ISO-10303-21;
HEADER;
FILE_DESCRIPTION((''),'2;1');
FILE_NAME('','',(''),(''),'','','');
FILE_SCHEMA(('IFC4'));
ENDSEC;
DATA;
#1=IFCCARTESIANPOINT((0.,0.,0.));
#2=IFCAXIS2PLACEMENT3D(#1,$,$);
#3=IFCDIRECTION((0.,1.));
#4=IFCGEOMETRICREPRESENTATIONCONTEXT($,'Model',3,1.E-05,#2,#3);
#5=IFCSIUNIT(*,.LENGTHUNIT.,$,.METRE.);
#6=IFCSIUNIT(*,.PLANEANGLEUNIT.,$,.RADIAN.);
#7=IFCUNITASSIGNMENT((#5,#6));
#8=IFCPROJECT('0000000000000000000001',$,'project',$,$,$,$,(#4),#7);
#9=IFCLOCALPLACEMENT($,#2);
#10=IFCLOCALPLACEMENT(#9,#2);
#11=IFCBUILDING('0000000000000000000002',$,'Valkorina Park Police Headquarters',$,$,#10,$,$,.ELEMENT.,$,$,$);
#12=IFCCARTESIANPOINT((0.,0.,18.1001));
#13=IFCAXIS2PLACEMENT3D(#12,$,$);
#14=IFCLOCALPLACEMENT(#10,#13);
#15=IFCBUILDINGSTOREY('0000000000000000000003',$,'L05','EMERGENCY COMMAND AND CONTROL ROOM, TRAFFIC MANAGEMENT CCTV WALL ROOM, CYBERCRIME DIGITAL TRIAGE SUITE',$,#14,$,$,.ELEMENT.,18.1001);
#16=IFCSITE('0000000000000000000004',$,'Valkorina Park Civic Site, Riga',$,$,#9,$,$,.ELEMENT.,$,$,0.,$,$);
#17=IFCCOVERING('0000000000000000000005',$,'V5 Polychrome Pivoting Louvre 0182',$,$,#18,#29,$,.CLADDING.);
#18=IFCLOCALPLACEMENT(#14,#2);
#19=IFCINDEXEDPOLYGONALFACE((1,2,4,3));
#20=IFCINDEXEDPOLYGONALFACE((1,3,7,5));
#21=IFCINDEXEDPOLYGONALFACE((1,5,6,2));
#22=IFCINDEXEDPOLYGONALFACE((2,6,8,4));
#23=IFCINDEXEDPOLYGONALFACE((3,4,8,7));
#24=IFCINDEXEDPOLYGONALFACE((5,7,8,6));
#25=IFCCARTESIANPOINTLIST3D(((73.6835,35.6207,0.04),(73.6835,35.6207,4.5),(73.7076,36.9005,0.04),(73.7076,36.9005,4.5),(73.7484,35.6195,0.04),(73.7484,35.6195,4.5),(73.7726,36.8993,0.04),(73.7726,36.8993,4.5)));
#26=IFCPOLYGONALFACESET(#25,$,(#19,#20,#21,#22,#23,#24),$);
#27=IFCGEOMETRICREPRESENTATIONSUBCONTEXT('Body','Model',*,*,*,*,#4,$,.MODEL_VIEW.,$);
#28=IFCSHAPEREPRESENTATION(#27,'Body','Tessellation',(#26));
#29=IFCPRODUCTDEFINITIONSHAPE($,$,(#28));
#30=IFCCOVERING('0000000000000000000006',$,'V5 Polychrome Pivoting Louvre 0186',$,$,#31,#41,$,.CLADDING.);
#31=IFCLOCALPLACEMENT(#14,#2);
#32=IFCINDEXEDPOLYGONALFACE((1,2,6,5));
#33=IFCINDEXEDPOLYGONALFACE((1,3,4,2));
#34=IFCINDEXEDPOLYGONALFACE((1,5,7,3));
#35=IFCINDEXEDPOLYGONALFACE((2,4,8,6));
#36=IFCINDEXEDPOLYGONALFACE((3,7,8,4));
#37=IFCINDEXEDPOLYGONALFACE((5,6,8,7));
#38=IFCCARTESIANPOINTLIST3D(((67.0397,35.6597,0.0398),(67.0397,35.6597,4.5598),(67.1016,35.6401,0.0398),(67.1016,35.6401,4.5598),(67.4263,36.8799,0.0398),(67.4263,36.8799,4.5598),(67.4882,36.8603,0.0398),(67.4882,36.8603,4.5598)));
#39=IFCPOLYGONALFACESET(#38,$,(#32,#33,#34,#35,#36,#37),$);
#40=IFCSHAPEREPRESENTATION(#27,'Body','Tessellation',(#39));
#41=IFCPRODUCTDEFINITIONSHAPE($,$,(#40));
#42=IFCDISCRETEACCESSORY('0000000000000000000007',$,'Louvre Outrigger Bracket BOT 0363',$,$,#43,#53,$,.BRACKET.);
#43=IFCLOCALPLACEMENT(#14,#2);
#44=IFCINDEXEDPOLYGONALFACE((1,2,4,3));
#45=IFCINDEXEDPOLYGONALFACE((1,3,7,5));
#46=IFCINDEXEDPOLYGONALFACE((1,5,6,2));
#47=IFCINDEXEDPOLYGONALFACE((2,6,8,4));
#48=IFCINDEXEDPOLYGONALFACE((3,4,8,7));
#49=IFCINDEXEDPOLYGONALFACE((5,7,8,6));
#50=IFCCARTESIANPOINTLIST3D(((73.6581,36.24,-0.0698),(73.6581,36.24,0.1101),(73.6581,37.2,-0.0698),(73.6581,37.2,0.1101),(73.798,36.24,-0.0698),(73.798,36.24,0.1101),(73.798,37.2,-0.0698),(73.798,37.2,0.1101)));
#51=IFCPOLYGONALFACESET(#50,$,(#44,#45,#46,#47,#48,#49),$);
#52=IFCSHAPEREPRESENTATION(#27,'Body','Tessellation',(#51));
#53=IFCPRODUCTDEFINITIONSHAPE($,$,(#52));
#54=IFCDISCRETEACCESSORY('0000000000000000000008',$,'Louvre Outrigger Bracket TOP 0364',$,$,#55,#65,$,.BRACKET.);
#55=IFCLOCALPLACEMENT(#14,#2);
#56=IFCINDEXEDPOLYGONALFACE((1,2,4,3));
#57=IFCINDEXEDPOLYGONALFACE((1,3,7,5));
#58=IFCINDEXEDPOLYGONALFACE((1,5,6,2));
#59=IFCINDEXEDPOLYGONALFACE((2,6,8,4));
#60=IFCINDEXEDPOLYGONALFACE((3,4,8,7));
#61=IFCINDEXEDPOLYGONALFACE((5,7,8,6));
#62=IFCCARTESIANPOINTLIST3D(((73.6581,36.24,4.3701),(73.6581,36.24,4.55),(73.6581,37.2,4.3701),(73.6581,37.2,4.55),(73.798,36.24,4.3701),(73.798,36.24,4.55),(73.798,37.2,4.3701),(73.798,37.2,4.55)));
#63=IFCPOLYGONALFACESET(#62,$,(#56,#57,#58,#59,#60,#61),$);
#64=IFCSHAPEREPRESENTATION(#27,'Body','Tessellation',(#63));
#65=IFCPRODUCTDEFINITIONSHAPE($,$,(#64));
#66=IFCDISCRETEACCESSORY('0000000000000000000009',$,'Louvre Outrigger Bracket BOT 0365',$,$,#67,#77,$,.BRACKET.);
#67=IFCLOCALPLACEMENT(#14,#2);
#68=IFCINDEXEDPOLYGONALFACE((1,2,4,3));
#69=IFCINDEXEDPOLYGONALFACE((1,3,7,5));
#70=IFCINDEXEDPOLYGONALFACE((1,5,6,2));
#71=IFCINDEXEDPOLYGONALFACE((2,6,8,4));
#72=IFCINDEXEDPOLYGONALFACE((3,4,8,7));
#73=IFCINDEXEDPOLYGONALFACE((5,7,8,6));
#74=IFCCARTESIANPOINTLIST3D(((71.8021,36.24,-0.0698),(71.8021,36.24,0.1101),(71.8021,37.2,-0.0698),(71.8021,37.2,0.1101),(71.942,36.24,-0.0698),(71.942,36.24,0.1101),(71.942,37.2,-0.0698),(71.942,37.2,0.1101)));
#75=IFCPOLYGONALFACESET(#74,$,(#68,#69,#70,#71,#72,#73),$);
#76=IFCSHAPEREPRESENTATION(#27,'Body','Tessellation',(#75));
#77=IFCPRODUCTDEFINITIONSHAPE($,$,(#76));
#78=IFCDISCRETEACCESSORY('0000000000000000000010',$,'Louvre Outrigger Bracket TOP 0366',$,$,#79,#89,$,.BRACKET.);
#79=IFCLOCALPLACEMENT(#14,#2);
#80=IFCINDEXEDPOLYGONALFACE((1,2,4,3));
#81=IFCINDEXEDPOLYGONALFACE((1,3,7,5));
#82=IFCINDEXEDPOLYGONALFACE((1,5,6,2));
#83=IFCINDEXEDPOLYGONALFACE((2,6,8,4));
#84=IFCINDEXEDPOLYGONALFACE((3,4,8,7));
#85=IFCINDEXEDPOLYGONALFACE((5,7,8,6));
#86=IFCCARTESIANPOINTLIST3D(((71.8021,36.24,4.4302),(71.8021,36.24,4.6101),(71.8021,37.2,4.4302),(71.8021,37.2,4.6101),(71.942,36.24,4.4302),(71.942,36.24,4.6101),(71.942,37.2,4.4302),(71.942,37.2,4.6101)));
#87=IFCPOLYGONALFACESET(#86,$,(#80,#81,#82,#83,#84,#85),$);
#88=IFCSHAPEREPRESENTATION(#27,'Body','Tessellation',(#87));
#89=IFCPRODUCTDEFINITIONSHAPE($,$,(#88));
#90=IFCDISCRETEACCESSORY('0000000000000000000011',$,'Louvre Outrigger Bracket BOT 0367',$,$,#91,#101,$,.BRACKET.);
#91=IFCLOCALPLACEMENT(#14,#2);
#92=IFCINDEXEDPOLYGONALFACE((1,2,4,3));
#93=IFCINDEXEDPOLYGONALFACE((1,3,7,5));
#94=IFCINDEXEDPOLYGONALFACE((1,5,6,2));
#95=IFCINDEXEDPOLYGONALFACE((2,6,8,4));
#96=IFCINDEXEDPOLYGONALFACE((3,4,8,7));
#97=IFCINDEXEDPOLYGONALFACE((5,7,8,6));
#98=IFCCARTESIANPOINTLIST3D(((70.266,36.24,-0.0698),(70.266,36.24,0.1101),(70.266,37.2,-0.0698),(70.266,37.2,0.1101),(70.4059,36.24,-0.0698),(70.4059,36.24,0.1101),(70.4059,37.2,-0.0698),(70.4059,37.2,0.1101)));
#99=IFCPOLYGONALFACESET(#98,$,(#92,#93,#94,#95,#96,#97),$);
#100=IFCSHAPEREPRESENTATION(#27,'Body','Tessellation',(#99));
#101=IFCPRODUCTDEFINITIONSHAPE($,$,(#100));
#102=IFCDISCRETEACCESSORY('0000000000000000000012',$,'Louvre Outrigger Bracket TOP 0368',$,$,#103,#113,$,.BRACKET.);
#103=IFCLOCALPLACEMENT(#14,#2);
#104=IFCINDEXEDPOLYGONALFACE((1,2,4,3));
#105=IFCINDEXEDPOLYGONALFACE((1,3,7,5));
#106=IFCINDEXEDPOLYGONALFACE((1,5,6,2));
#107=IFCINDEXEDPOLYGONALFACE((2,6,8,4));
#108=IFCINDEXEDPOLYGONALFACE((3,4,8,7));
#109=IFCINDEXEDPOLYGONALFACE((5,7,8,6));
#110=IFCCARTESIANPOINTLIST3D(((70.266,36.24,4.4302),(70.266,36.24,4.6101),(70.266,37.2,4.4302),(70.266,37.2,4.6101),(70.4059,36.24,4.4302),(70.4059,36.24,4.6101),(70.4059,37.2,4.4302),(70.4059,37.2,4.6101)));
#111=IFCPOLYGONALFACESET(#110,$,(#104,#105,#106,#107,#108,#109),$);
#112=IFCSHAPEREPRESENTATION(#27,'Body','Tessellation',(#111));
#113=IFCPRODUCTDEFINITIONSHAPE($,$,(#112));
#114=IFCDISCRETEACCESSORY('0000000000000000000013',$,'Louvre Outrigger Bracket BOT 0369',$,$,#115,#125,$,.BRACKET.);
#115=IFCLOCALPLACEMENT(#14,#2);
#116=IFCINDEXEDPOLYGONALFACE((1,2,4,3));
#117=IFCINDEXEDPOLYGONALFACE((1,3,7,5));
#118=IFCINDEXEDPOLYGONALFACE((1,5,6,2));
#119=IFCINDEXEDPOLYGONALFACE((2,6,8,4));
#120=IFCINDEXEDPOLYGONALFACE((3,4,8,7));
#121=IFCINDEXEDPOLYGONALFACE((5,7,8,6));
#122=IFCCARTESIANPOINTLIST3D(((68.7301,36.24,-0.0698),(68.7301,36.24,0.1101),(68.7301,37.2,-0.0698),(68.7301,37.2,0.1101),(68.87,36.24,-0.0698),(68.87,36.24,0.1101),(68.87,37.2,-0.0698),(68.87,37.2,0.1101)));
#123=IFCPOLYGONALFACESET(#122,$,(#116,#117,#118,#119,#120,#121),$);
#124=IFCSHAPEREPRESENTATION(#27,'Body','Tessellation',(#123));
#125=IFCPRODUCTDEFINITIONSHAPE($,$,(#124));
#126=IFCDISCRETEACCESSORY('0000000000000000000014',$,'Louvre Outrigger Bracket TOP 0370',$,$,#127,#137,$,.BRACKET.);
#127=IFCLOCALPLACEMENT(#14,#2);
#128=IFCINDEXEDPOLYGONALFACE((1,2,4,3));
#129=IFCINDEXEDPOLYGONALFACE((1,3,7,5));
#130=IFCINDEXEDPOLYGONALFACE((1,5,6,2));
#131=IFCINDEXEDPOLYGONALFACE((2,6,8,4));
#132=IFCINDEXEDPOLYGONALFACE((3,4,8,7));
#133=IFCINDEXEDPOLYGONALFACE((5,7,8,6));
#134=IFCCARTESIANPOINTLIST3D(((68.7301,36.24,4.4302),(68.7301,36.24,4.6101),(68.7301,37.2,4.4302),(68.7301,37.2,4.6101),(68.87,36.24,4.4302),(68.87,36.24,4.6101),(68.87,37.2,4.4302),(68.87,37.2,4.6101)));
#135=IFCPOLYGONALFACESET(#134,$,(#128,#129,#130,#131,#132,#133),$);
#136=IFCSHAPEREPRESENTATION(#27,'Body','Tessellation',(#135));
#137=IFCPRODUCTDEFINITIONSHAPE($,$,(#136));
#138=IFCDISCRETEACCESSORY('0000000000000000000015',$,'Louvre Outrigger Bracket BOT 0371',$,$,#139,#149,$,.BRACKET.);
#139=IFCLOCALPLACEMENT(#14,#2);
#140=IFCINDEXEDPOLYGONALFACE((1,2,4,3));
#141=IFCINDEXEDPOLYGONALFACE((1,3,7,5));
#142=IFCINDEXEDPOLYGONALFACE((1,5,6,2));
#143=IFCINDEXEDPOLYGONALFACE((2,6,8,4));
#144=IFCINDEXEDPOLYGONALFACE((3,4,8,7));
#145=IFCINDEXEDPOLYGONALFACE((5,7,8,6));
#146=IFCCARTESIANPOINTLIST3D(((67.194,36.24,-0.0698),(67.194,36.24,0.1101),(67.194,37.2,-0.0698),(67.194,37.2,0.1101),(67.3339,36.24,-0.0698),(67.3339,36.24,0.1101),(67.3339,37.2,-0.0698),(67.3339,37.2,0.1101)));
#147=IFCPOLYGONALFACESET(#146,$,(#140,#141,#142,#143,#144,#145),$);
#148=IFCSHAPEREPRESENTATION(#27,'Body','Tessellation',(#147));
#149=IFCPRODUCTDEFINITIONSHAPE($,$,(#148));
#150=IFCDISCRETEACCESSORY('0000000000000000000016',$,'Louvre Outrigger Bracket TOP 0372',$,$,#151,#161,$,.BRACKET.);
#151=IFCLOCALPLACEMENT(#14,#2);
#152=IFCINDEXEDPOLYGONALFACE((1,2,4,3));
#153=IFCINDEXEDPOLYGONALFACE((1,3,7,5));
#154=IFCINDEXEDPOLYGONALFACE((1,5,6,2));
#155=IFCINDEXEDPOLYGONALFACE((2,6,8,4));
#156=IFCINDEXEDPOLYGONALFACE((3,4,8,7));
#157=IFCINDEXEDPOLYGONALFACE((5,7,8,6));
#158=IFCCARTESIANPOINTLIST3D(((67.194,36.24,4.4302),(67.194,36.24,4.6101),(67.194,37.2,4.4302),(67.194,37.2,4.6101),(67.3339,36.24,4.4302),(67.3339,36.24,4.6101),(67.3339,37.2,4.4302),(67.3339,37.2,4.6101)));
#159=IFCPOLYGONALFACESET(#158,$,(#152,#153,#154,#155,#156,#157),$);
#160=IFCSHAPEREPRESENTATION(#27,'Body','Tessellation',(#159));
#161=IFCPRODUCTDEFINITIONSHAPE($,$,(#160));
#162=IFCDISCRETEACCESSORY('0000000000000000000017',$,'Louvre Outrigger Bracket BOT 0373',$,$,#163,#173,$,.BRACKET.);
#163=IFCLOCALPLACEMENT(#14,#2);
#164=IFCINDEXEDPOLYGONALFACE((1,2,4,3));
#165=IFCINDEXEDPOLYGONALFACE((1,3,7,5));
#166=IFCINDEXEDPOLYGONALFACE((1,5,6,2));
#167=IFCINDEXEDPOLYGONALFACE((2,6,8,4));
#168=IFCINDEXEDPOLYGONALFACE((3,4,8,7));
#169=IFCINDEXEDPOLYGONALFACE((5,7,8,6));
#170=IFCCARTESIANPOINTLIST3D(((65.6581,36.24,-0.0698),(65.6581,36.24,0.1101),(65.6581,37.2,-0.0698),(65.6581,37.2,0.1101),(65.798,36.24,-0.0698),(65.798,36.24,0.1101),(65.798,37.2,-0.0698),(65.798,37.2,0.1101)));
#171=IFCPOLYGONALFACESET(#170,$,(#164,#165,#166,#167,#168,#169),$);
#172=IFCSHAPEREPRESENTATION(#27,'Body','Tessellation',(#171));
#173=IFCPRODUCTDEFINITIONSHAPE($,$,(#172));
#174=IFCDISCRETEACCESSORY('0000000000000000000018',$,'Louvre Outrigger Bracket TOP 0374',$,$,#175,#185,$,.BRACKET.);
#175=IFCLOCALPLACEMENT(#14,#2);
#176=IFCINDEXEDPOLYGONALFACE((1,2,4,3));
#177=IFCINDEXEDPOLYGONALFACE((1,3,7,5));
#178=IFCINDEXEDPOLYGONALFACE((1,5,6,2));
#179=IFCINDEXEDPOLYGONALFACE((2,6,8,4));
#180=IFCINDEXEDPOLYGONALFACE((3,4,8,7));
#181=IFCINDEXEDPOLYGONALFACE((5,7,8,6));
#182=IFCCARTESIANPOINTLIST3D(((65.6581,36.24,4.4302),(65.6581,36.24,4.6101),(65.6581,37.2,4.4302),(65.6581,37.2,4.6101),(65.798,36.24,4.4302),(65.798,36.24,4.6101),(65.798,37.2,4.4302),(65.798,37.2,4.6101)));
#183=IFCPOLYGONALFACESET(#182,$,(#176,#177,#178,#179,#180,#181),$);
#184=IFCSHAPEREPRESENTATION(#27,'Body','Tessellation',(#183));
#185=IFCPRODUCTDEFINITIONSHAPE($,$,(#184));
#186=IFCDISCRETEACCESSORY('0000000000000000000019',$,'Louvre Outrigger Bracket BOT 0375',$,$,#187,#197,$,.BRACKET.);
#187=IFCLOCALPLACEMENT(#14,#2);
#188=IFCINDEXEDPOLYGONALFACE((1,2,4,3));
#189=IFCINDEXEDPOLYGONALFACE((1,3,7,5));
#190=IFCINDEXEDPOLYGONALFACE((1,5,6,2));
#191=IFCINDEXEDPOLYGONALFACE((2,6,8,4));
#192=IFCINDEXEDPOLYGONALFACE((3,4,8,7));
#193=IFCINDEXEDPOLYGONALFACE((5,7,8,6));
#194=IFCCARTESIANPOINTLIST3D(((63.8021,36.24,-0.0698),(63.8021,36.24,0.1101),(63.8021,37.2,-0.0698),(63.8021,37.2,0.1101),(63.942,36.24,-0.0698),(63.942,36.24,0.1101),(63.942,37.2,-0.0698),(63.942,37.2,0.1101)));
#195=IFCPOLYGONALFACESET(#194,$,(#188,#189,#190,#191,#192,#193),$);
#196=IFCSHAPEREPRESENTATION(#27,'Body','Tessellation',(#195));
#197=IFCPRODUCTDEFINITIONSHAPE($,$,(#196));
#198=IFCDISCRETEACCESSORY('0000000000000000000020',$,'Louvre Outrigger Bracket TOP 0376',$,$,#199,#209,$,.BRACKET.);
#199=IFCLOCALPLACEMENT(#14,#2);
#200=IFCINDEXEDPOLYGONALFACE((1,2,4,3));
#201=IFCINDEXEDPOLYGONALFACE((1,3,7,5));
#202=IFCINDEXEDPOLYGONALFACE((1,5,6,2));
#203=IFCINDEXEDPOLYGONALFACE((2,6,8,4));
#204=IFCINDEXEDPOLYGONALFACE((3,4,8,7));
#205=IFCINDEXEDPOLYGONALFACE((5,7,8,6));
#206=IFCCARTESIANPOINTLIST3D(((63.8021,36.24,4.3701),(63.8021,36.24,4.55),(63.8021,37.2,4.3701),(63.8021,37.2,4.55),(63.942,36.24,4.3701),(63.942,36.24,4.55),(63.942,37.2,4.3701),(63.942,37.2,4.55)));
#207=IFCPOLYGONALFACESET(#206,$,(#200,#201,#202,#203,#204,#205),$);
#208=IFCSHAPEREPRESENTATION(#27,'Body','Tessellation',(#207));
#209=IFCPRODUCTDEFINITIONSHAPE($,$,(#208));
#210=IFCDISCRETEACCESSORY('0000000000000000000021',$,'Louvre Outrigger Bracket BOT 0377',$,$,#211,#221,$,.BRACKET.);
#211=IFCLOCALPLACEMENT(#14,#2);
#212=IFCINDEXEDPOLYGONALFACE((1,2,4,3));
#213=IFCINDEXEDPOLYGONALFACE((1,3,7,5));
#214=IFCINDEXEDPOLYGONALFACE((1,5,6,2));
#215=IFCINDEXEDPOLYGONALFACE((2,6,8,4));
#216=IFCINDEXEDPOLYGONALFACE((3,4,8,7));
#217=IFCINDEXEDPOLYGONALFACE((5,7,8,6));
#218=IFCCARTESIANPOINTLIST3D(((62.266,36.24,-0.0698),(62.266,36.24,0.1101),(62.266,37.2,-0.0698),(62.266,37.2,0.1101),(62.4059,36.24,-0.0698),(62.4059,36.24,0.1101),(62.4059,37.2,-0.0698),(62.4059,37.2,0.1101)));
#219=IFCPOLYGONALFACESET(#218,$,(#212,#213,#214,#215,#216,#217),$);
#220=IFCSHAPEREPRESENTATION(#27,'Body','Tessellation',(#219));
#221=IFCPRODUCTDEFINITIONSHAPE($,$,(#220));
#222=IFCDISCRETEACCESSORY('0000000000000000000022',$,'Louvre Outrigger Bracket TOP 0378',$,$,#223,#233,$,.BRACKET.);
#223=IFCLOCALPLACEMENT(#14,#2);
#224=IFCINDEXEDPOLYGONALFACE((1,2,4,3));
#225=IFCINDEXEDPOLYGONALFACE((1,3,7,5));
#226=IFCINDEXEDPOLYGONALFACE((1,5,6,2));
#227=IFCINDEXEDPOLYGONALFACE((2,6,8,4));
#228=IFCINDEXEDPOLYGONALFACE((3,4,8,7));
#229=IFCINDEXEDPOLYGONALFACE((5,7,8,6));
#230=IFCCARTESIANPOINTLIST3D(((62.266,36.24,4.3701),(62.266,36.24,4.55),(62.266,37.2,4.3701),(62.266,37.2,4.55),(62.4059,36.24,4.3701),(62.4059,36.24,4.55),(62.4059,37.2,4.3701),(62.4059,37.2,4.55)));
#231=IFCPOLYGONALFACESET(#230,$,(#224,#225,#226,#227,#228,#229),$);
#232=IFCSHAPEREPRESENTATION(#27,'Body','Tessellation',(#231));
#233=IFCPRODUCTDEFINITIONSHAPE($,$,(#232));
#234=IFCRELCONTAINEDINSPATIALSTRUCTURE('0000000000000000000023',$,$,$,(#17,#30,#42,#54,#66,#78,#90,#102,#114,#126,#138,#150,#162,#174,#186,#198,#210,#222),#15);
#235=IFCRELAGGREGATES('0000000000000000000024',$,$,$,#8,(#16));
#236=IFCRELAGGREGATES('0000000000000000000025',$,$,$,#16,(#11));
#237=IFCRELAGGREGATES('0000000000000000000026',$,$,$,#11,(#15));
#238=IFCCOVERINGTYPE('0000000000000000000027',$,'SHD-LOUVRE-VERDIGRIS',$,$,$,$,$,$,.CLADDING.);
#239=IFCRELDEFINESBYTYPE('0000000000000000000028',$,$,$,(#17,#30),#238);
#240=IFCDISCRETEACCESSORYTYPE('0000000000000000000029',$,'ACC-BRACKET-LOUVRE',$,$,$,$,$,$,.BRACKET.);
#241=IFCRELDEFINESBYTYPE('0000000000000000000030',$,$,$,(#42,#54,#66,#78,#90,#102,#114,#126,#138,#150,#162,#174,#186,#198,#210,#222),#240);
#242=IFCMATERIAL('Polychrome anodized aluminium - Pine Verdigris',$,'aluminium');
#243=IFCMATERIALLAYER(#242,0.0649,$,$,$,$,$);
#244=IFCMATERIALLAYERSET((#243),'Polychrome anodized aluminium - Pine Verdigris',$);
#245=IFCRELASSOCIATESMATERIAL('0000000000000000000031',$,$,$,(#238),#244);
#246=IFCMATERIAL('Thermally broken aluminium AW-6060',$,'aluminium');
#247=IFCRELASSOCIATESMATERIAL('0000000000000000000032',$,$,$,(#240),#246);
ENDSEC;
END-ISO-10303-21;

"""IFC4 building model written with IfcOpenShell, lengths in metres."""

from ifc_helpers import new_model, si_unit, direction, frame, origin, origin_2d, place, context, subcontext, project, spatial, rectangle, extrude, material, layer, layer_set, type_object, element, save


model = new_model("IFC4")

# Units and contexts
model_context = context("Model", 3, precision=1e-05, world=origin(), true_north=direction((0.0, 1.0)))
body_context = subcontext(model_context, "Body", "Model", "MODEL_VIEW")
ifc_project = project(units=[si_unit("LENGTHUNIT", "METRE"), si_unit("PLANEANGLEUNIT", "RADIAN")], contexts=[model_context])

# Site, building, storey
site_placement = place(None, origin())
site = spatial("IfcSite", under=ifc_project, at=site_placement, Name="Valkorina Park Civic Site, Riga", CompositionType="ELEMENT", RefElevation=0.0)
building_placement = place(site_placement, origin())
building = spatial("IfcBuilding", under=site, at=building_placement, Name="Valkorina Park Police Headquarters", CompositionType="ELEMENT")
storey_placement = place(building_placement, frame((0.0, 0.0, 18.1001)))
storey = spatial("IfcBuildingStorey", under=building, at=storey_placement, Name="L05", Description="EMERGENCY COMMAND AND CONTROL ROOM, TRAFFIC MANAGEMENT CCTV WALL ROOM, CYBERCRIME DIGITAL TRIAGE SUITE", CompositionType="ELEMENT", Elevation=18.1001)

# Shared definitions
ifc_material_1 = material(Name="Thermally broken aluminium AW-6060", Category="aluminium")

# Coverings
ifc_material_2 = material(Name="Polychrome anodized aluminium - Pine Verdigris", Category="aluminium")
ifc_layer_1 = layer(ifc_material_2, 0.0649)
ifc_layer_set_1 = layer_set([ifc_layer_1], Name="Polychrome anodized aluminium - Pine Verdigris")
covering_type_1 = type_object("IfcCoveringType", Name="SHD-LOUVRE-VERDIGRIS", PredefinedType="CLADDING", material=ifc_layer_set_1)
covering_1_placement = place(storey_placement, frame((73.728, 36.26, 0.04), z_axis=(0.0, 0.0, 1.0), x_axis=(-0.018848, -0.999822, 0.0)))
element("IfcCovering", 1, at=covering_1_placement, inside=storey, type_object=covering_type_1, Name="V5 Polychrome Pivoting Louvre 0182", PredefinedType="CLADDING", context=body_context, shape_type="SweptSolid", body=[
    extrude(rectangle(XDim=1.28, YDim=0.0649, at=origin_2d()), origin(), (0.0, 0.0, 1.0), 4.46),
])
covering_2_placement = place(storey_placement, frame((67.2639, 36.26, 0.0398), z_axis=(0.0, 0.0, 1.0), x_axis=(-0.302037, -0.953296, 0.0)))
element("IfcCovering", 2, at=covering_2_placement, inside=storey, type_object=covering_type_1, Name="V5 Polychrome Pivoting Louvre 0186", PredefinedType="CLADDING", context=body_context, shape_type="SweptSolid", body=[
    extrude(rectangle(XDim=1.28, YDim=0.0649, at=origin_2d()), origin(), (0.0, 0.0, 1.0), 4.52),
])

# Discrete accessories
discrete_accessory_type = type_object("IfcDiscreteAccessoryType", Name="ACC-BRACKET-LOUVRE", PredefinedType="BRACKET", material=ifc_material_1)
for number, where, z_axis, x_axis, name in (
    (3, (73.728, 36.72, -0.0698), (0.0, 0.0, 1.0), (0.0, -1.0, 0.0), "Louvre Outrigger Bracket BOT 0363"),
    (4, (73.728, 36.72, 4.3701), (0.0, 0.0, 1.0), (0.0, -1.0, 0.0), "Louvre Outrigger Bracket TOP 0364"),
    (5, (71.8721, 36.72, -0.0698), (0.0, 0.0, 1.0), (0.0, -1.0, 0.0), "Louvre Outrigger Bracket BOT 0365"),
    (6, (71.8721, 36.72, 4.4302), (0.0, 0.0, 1.0), (0.0, -1.0, 0.0), "Louvre Outrigger Bracket TOP 0366"),
    (7, (70.3359, 36.72, -0.0698), (0.0, 0.0, 1.0), (0.0, -1.0, 0.0), "Louvre Outrigger Bracket BOT 0367"),
    (8, (70.3359, 36.72, 4.4302), (0.0, 0.0, 1.0), (0.0, -1.0, 0.0), "Louvre Outrigger Bracket TOP 0368"),
    (9, (68.8, 36.72, -0.0698), (0.0, 0.0, 1.0), (0.0, -1.0, 0.0), "Louvre Outrigger Bracket BOT 0369"),
    (10, (68.8, 36.72, 4.4302), (0.0, 0.0, 1.0), (0.0, -1.0, 0.0), "Louvre Outrigger Bracket TOP 0370"),
    (11, (67.2639, 36.72, -0.0698), (0.0, 0.0, 1.0), (0.0, -1.0, 0.0), "Louvre Outrigger Bracket BOT 0371"),
    (12, (67.2639, 36.72, 4.4302), (0.0, 0.0, 1.0), (0.0, -1.0, 0.0), "Louvre Outrigger Bracket TOP 0372"),
    (13, (65.728, 36.72, -0.0698), (0.0, 0.0, 1.0), (0.0, -1.0, 0.0), "Louvre Outrigger Bracket BOT 0373"),
    (14, (65.728, 36.72, 4.4302), (0.0, 0.0, 1.0), (0.0, -1.0, 0.0), "Louvre Outrigger Bracket TOP 0374"),
    (15, (63.8721, 36.72, -0.0698), (0.0, 0.0, 1.0), (0.0, -1.0, 0.0), "Louvre Outrigger Bracket BOT 0375"),
    (16, (63.8721, 36.72, 4.3701), (0.0, 0.0, 1.0), (0.0, -1.0, 0.0), "Louvre Outrigger Bracket TOP 0376"),
    (17, (62.3359, 36.72, -0.0698), (0.0, 0.0, 1.0), (0.0, -1.0, 0.0), "Louvre Outrigger Bracket BOT 0377"),
    (18, (62.3359, 36.72, 4.3701), (0.0, 0.0, 1.0), (0.0, -1.0, 0.0), "Louvre Outrigger Bracket TOP 0378"),
):
    element("IfcDiscreteAccessory", number, at=place(storey_placement, frame(where, z_axis=z_axis, x_axis=x_axis)), inside=storey, type_object=discrete_accessory_type, Name=name, PredefinedType="BRACKET", context=body_context, shape_type="SweptSolid", body=[
        extrude(rectangle(XDim=0.96, YDim=0.1399, at=origin_2d()), origin(), (0.0, 0.0, 1.0), 0.1799),
    ])

save(model, "model.ifc")
